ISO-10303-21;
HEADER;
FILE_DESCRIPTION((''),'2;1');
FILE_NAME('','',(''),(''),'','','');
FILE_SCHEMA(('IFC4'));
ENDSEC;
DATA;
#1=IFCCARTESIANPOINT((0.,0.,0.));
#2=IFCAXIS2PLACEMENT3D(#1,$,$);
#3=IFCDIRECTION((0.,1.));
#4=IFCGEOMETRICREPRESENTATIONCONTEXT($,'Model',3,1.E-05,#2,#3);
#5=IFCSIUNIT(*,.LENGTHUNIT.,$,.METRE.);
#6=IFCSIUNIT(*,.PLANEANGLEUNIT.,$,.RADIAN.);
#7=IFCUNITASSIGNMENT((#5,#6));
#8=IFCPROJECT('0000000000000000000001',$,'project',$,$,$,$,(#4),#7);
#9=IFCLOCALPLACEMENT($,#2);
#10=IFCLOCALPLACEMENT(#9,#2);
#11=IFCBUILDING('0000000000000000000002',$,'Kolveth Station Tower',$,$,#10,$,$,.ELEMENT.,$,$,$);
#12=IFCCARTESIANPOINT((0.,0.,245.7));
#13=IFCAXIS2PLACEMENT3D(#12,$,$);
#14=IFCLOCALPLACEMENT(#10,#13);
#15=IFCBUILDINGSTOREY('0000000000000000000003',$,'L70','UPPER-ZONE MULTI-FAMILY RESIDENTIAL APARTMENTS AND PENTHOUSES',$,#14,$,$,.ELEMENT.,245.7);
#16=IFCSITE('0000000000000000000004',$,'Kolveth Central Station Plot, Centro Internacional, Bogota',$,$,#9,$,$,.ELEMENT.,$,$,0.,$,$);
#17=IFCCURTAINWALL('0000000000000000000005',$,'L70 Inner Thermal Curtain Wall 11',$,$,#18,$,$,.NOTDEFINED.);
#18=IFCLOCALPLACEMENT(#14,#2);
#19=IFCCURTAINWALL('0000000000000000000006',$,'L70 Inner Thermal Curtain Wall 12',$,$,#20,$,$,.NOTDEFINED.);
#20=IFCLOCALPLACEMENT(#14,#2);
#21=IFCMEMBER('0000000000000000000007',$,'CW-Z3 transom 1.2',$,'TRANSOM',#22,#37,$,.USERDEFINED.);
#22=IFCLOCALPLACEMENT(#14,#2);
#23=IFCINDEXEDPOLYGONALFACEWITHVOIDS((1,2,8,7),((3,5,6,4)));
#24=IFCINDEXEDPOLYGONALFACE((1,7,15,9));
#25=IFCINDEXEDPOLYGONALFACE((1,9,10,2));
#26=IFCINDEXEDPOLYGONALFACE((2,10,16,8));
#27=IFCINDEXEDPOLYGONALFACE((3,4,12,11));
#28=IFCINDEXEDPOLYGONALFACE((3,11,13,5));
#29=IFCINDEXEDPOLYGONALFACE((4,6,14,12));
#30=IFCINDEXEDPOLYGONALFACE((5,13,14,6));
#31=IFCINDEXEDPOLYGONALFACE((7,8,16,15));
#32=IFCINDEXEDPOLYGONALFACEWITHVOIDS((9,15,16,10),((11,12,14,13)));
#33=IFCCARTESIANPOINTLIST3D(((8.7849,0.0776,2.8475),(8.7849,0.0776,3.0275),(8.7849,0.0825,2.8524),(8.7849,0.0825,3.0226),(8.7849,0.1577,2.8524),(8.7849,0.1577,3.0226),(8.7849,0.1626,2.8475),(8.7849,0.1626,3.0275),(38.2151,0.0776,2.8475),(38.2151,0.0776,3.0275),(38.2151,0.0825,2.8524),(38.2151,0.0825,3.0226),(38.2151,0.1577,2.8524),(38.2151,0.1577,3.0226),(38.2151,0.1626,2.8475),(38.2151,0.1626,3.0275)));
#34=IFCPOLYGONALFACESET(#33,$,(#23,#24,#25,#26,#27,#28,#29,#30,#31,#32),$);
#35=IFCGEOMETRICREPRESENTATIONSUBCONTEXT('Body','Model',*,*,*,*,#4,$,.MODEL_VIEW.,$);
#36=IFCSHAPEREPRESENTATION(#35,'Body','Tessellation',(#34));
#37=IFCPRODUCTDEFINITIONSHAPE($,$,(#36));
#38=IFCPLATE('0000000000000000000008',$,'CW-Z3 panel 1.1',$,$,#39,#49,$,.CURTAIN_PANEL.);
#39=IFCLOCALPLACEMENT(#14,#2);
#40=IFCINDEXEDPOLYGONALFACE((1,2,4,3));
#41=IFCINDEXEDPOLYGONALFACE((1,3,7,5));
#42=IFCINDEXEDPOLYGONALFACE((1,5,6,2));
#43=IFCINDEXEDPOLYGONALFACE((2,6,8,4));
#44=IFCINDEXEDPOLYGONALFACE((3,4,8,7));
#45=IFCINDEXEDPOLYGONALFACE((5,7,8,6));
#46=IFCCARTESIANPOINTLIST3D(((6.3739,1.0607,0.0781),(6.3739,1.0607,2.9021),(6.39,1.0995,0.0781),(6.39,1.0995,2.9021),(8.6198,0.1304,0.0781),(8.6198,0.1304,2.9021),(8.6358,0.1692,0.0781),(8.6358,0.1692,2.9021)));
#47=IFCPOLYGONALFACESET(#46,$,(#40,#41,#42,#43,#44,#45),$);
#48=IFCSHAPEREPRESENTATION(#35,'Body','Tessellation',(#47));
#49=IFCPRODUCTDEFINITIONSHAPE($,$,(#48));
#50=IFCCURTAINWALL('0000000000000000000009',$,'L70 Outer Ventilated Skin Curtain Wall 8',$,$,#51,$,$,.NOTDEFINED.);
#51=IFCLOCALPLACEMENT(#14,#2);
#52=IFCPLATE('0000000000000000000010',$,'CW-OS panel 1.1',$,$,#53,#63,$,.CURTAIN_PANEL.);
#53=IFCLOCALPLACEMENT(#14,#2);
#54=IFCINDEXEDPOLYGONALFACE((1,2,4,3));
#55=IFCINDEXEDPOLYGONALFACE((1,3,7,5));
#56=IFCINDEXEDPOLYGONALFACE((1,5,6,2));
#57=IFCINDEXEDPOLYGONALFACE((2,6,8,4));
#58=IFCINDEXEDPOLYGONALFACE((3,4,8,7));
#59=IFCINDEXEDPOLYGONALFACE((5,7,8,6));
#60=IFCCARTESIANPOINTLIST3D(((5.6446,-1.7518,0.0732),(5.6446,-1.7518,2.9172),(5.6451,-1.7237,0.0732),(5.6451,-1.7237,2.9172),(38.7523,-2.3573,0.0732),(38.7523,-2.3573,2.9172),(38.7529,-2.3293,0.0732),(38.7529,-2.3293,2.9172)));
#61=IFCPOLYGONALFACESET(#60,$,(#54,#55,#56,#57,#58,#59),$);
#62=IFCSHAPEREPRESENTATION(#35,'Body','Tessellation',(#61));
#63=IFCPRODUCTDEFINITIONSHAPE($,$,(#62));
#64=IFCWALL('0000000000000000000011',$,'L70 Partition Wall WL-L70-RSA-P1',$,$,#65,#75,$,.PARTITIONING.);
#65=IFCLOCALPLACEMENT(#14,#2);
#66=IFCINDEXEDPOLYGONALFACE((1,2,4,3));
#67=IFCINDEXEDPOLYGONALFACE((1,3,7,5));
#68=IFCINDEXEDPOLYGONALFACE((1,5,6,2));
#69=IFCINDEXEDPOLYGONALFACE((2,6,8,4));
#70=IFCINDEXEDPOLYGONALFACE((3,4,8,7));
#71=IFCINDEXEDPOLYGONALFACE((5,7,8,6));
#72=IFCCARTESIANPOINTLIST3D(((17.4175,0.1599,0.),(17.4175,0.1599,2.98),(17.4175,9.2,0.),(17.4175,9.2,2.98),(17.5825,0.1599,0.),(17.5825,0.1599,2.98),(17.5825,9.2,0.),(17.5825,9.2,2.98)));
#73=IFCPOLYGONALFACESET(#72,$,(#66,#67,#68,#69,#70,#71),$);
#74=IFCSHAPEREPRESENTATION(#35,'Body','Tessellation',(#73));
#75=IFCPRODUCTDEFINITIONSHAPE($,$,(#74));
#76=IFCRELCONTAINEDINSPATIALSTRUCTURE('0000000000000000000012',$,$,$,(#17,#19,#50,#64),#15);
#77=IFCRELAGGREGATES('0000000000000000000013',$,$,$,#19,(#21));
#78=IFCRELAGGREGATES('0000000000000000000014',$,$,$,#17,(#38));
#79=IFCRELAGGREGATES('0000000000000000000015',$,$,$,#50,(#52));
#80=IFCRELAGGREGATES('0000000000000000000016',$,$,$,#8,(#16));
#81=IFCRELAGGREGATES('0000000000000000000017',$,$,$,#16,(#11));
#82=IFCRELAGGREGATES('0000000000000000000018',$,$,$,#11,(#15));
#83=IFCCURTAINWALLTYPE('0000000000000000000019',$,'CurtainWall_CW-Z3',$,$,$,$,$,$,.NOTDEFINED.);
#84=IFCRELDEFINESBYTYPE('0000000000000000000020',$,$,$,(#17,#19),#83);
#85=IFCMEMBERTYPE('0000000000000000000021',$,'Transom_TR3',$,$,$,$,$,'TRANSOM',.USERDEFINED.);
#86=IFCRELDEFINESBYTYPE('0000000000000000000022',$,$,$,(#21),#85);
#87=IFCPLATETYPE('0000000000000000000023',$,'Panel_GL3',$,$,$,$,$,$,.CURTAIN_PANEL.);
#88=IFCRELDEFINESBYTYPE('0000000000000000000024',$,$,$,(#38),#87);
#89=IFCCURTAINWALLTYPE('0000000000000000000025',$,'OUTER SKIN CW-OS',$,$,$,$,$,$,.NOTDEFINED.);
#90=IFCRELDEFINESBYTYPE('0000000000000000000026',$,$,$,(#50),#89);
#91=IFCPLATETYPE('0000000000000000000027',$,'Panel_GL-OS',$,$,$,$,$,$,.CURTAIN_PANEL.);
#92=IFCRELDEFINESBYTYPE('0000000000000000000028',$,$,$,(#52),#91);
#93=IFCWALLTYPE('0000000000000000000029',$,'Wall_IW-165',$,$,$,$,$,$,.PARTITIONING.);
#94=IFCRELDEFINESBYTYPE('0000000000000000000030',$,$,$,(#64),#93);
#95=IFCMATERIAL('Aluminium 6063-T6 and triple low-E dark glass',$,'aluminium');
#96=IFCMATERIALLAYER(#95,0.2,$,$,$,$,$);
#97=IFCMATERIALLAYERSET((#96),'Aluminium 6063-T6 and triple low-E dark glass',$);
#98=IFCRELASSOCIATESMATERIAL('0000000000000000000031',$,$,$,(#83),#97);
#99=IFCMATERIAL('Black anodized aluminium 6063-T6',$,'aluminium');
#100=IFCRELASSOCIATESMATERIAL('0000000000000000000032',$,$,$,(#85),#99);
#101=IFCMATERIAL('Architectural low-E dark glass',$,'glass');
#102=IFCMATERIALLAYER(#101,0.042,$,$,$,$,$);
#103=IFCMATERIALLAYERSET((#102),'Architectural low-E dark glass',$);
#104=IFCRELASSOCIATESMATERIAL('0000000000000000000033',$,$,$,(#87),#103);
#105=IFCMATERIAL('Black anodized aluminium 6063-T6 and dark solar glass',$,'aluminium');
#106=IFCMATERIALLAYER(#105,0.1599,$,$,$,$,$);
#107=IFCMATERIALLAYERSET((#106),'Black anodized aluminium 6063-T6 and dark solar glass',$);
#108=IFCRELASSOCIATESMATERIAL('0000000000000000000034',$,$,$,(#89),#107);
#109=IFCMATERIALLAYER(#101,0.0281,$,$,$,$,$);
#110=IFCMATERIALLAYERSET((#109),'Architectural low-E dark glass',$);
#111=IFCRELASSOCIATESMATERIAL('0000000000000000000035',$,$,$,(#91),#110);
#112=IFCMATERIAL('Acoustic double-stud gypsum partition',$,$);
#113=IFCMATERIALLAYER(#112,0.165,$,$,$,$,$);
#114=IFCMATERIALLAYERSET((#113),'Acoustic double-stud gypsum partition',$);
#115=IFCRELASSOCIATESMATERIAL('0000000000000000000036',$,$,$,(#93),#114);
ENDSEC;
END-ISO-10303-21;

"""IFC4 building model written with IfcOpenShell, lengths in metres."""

from ifc_helpers import new_model, si_unit, direction, frame, frame_2d, origin, origin_2d, place, context, subcontext, project, spatial, rectangle, hollow_rectangle, extrude, source, transform, mapped, material, layer, layer_set, material_profile, profile_set, type_object, element, aggregate, save


model = new_model("IFC4")

# Units and contexts
model_context = context("Model", 3, precision=1e-05, world=origin(), true_north=direction((0.0, 1.0)))
body_context = subcontext(model_context, "Body", "Model", "MODEL_VIEW")
ifc_project = project(units=[si_unit("LENGTHUNIT", "METRE"), si_unit("PLANEANGLEUNIT", "RADIAN")], contexts=[model_context])

# Site, building, storey
site_placement = place(None, origin())
site = spatial("IfcSite", under=ifc_project, at=site_placement, Name="Kolveth Central Station Plot, Centro Internacional, Bogota", CompositionType="ELEMENT", RefElevation=0.0)
building_placement = place(site_placement, origin())
building = spatial("IfcBuilding", under=site, at=building_placement, Name="Kolveth Station Tower", CompositionType="ELEMENT")
storey_placement = place(building_placement, frame((0.0, 0.0, 245.7)))
storey = spatial("IfcBuildingStorey", under=building, at=storey_placement, Name="L70", Description="UPPER-ZONE MULTI-FAMILY RESIDENTIAL APARTMENTS AND PENTHOUSES", CompositionType="ELEMENT", Elevation=245.7)

# Curtain walls
ifc_material_1 = material(Name="Aluminium 6063-T6 and triple low-E dark glass", Category="aluminium")
ifc_layer_1 = layer(ifc_material_1, 0.2)
ifc_layer_set_1 = layer_set([ifc_layer_1], Name="Aluminium 6063-T6 and triple low-E dark glass")
curtain_wall_type_1 = type_object("IfcCurtainWallType", Name="CurtainWall_CW-Z3", PredefinedType="NOTDEFINED", material=ifc_layer_set_1)
curtain_wall_1_placement = place(storey_placement, origin())
curtain_wall_1 = element("IfcCurtainWall", 1, at=curtain_wall_1_placement, inside=storey, type_object=curtain_wall_type_1, Name="L70 Inner Thermal Curtain Wall 11", PredefinedType="NOTDEFINED")
ifc_material_2 = material(Name="Black anodized aluminium 6063-T6", Category="aluminium")
curtain_wall_2_placement = place(storey_placement, origin())
curtain_wall_2 = element("IfcCurtainWall", 2, at=curtain_wall_2_placement, inside=storey, type_object=curtain_wall_type_1, Name="L70 Inner Thermal Curtain Wall 12", PredefinedType="NOTDEFINED")

# Member
ifc_material_profile_1 = material_profile(ifc_material_2, hollow_rectangle(XDim=0.085, YDim=0.1799, WallThickness=0.0049, at=origin_2d()), Name="ALU-85x180x5")
ifc_profile_set_1 = profile_set([ifc_material_profile_1], Name="Black anodized aluminium 6063-T6")
member_type_1 = type_object("IfcMemberType", Name="Transom_TR3", ElementType="TRANSOM", PredefinedType="USERDEFINED", material=ifc_profile_set_1)
shared_shape_1 = source(origin(), body_context, "Body", "SweptSolid", [
    extrude(hollow_rectangle(XDim=0.085, YDim=0.1799, WallThickness=0.0049, at=origin_2d()), origin(), (0.0, 0.0, 1.0), 29.4302),
])
member_1_placement = place(storey_placement, frame((8.7849, 0.1201, 2.9375), z_axis=(1.0, 0.0, 0.0), x_axis=(0.0, 1.0, 0.0)))
member_1 = element("IfcMember", 3, at=member_1_placement, type_object=member_type_1, Name="CW-Z3 transom 1.2", ObjectType="TRANSOM", PredefinedType="USERDEFINED", context=body_context, shape_type="MappedRepresentation", body=[
    mapped(shared_shape_1, transform((0.0, 0.0, 0.0), x_axis=(1.0, 0.0, 0.0), y_axis=(0.0, 1.0, 0.0), z_axis=(0.0, 0.0, 1.0), scale=1.0)),
])
aggregate(curtain_wall_2, [member_1])

# Plate
ifc_material_3 = material(Name="Architectural low-E dark glass", Category="glass")
ifc_layer_2 = layer(ifc_material_3, 0.042)
ifc_layer_set_2 = layer_set([ifc_layer_2], Name="Architectural low-E dark glass")
plate_type_1 = type_object("IfcPlateType", Name="Panel_GL3", PredefinedType="CURTAIN_PANEL", material=ifc_layer_set_2)
shared_shape_2 = source(origin(), body_context, "Body", "SweptSolid", [
    extrude(rectangle(XDim=2.4309, YDim=0.042, at=origin_2d()), origin(), (0.0, 0.0, 1.0), 2.824),
])
plate_1_placement = place(storey_placement, frame((7.5049, 0.615, 0.0781), z_axis=(0.0, 0.0, 1.0), x_axis=(0.923875, -0.382693, 0.0)))
plate_1 = element("IfcPlate", 4, at=plate_1_placement, type_object=plate_type_1, Name="CW-Z3 panel 1.1", PredefinedType="CURTAIN_PANEL", context=body_context, shape_type="MappedRepresentation", body=[
    mapped(shared_shape_2, transform((0.0, 0.0, 0.0), x_axis=(1.0, 0.0, 0.0), y_axis=(0.0, 1.0, 0.0), z_axis=(0.0, 0.0, 1.0), scale=1.0)),
])
aggregate(curtain_wall_1, [plate_1])

# Curtain wall, plate
ifc_material_4 = material(Name="Black anodized aluminium 6063-T6 and dark solar glass", Category="aluminium")
ifc_layer_3 = layer(ifc_material_4, 0.1599)
ifc_layer_set_3 = layer_set([ifc_layer_3], Name="Black anodized aluminium 6063-T6 and dark solar glass")
curtain_wall_type_2 = type_object("IfcCurtainWallType", Name="OUTER SKIN CW-OS", PredefinedType="NOTDEFINED", material=ifc_layer_set_3)
curtain_wall_3_placement = place(storey_placement, origin())
curtain_wall_3 = element("IfcCurtainWall", 5, at=curtain_wall_3_placement, inside=storey, type_object=curtain_wall_type_2, Name="L70 Outer Ventilated Skin Curtain Wall 8", PredefinedType="NOTDEFINED")
ifc_layer_4 = layer(ifc_material_3, 0.0281)
ifc_layer_set_4 = layer_set([ifc_layer_4], Name="Architectural low-E dark glass")
plate_type_2 = type_object("IfcPlateType", Name="Panel_GL-OS", PredefinedType="CURTAIN_PANEL", material=ifc_layer_set_4)
shared_shape_3 = source(origin(), body_context, "Body", "SweptSolid", [
    extrude(rectangle(XDim=33.1133, YDim=0.0281, at=origin_2d()), origin(), (0.0, 0.0, 1.0), 2.844),
])
plate_2_placement = place(storey_placement, frame((22.1987, -2.0405, 0.0732), z_axis=(0.0, 0.0, 1.0), x_axis=(0.999833, -0.018288, 0.0)))
plate_2 = element("IfcPlate", 6, at=plate_2_placement, type_object=plate_type_2, Name="CW-OS panel 1.1", PredefinedType="CURTAIN_PANEL", context=body_context, shape_type="MappedRepresentation", body=[
    mapped(shared_shape_3, transform((0.0, 0.0, 0.0), x_axis=(1.0, 0.0, 0.0), y_axis=(0.0, 1.0, 0.0), z_axis=(0.0, 0.0, 1.0), scale=1.0)),
])
aggregate(curtain_wall_3, [plate_2])

# Wall
ifc_material_5 = material(Name="Acoustic double-stud gypsum partition")
ifc_layer_5 = layer(ifc_material_5, 0.165)
ifc_layer_set_5 = layer_set([ifc_layer_5], Name="Acoustic double-stud gypsum partition")
wall_type = type_object("IfcWallType", Name="Wall_IW-165", PredefinedType="PARTITIONING", material=ifc_layer_set_5)
wall_placement = place(storey_placement, frame((17.5, 0.1599, 0.0), z_axis=(0.0, 0.0, 1.0), x_axis=(0.0, 1.0, 0.0)))
element("IfcWall", 7, at=wall_placement, inside=storey, type_object=wall_type, Name="L70 Partition Wall WL-L70-RSA-P1", PredefinedType="PARTITIONING", context=body_context, shape_type="SweptSolid", body=[
    extrude(rectangle(XDim=9.04, YDim=0.165, at=frame_2d((4.52, 0.0))), origin(), (0.0, 0.0, 1.0), 2.98),
])

save(model, "model.ifc")
